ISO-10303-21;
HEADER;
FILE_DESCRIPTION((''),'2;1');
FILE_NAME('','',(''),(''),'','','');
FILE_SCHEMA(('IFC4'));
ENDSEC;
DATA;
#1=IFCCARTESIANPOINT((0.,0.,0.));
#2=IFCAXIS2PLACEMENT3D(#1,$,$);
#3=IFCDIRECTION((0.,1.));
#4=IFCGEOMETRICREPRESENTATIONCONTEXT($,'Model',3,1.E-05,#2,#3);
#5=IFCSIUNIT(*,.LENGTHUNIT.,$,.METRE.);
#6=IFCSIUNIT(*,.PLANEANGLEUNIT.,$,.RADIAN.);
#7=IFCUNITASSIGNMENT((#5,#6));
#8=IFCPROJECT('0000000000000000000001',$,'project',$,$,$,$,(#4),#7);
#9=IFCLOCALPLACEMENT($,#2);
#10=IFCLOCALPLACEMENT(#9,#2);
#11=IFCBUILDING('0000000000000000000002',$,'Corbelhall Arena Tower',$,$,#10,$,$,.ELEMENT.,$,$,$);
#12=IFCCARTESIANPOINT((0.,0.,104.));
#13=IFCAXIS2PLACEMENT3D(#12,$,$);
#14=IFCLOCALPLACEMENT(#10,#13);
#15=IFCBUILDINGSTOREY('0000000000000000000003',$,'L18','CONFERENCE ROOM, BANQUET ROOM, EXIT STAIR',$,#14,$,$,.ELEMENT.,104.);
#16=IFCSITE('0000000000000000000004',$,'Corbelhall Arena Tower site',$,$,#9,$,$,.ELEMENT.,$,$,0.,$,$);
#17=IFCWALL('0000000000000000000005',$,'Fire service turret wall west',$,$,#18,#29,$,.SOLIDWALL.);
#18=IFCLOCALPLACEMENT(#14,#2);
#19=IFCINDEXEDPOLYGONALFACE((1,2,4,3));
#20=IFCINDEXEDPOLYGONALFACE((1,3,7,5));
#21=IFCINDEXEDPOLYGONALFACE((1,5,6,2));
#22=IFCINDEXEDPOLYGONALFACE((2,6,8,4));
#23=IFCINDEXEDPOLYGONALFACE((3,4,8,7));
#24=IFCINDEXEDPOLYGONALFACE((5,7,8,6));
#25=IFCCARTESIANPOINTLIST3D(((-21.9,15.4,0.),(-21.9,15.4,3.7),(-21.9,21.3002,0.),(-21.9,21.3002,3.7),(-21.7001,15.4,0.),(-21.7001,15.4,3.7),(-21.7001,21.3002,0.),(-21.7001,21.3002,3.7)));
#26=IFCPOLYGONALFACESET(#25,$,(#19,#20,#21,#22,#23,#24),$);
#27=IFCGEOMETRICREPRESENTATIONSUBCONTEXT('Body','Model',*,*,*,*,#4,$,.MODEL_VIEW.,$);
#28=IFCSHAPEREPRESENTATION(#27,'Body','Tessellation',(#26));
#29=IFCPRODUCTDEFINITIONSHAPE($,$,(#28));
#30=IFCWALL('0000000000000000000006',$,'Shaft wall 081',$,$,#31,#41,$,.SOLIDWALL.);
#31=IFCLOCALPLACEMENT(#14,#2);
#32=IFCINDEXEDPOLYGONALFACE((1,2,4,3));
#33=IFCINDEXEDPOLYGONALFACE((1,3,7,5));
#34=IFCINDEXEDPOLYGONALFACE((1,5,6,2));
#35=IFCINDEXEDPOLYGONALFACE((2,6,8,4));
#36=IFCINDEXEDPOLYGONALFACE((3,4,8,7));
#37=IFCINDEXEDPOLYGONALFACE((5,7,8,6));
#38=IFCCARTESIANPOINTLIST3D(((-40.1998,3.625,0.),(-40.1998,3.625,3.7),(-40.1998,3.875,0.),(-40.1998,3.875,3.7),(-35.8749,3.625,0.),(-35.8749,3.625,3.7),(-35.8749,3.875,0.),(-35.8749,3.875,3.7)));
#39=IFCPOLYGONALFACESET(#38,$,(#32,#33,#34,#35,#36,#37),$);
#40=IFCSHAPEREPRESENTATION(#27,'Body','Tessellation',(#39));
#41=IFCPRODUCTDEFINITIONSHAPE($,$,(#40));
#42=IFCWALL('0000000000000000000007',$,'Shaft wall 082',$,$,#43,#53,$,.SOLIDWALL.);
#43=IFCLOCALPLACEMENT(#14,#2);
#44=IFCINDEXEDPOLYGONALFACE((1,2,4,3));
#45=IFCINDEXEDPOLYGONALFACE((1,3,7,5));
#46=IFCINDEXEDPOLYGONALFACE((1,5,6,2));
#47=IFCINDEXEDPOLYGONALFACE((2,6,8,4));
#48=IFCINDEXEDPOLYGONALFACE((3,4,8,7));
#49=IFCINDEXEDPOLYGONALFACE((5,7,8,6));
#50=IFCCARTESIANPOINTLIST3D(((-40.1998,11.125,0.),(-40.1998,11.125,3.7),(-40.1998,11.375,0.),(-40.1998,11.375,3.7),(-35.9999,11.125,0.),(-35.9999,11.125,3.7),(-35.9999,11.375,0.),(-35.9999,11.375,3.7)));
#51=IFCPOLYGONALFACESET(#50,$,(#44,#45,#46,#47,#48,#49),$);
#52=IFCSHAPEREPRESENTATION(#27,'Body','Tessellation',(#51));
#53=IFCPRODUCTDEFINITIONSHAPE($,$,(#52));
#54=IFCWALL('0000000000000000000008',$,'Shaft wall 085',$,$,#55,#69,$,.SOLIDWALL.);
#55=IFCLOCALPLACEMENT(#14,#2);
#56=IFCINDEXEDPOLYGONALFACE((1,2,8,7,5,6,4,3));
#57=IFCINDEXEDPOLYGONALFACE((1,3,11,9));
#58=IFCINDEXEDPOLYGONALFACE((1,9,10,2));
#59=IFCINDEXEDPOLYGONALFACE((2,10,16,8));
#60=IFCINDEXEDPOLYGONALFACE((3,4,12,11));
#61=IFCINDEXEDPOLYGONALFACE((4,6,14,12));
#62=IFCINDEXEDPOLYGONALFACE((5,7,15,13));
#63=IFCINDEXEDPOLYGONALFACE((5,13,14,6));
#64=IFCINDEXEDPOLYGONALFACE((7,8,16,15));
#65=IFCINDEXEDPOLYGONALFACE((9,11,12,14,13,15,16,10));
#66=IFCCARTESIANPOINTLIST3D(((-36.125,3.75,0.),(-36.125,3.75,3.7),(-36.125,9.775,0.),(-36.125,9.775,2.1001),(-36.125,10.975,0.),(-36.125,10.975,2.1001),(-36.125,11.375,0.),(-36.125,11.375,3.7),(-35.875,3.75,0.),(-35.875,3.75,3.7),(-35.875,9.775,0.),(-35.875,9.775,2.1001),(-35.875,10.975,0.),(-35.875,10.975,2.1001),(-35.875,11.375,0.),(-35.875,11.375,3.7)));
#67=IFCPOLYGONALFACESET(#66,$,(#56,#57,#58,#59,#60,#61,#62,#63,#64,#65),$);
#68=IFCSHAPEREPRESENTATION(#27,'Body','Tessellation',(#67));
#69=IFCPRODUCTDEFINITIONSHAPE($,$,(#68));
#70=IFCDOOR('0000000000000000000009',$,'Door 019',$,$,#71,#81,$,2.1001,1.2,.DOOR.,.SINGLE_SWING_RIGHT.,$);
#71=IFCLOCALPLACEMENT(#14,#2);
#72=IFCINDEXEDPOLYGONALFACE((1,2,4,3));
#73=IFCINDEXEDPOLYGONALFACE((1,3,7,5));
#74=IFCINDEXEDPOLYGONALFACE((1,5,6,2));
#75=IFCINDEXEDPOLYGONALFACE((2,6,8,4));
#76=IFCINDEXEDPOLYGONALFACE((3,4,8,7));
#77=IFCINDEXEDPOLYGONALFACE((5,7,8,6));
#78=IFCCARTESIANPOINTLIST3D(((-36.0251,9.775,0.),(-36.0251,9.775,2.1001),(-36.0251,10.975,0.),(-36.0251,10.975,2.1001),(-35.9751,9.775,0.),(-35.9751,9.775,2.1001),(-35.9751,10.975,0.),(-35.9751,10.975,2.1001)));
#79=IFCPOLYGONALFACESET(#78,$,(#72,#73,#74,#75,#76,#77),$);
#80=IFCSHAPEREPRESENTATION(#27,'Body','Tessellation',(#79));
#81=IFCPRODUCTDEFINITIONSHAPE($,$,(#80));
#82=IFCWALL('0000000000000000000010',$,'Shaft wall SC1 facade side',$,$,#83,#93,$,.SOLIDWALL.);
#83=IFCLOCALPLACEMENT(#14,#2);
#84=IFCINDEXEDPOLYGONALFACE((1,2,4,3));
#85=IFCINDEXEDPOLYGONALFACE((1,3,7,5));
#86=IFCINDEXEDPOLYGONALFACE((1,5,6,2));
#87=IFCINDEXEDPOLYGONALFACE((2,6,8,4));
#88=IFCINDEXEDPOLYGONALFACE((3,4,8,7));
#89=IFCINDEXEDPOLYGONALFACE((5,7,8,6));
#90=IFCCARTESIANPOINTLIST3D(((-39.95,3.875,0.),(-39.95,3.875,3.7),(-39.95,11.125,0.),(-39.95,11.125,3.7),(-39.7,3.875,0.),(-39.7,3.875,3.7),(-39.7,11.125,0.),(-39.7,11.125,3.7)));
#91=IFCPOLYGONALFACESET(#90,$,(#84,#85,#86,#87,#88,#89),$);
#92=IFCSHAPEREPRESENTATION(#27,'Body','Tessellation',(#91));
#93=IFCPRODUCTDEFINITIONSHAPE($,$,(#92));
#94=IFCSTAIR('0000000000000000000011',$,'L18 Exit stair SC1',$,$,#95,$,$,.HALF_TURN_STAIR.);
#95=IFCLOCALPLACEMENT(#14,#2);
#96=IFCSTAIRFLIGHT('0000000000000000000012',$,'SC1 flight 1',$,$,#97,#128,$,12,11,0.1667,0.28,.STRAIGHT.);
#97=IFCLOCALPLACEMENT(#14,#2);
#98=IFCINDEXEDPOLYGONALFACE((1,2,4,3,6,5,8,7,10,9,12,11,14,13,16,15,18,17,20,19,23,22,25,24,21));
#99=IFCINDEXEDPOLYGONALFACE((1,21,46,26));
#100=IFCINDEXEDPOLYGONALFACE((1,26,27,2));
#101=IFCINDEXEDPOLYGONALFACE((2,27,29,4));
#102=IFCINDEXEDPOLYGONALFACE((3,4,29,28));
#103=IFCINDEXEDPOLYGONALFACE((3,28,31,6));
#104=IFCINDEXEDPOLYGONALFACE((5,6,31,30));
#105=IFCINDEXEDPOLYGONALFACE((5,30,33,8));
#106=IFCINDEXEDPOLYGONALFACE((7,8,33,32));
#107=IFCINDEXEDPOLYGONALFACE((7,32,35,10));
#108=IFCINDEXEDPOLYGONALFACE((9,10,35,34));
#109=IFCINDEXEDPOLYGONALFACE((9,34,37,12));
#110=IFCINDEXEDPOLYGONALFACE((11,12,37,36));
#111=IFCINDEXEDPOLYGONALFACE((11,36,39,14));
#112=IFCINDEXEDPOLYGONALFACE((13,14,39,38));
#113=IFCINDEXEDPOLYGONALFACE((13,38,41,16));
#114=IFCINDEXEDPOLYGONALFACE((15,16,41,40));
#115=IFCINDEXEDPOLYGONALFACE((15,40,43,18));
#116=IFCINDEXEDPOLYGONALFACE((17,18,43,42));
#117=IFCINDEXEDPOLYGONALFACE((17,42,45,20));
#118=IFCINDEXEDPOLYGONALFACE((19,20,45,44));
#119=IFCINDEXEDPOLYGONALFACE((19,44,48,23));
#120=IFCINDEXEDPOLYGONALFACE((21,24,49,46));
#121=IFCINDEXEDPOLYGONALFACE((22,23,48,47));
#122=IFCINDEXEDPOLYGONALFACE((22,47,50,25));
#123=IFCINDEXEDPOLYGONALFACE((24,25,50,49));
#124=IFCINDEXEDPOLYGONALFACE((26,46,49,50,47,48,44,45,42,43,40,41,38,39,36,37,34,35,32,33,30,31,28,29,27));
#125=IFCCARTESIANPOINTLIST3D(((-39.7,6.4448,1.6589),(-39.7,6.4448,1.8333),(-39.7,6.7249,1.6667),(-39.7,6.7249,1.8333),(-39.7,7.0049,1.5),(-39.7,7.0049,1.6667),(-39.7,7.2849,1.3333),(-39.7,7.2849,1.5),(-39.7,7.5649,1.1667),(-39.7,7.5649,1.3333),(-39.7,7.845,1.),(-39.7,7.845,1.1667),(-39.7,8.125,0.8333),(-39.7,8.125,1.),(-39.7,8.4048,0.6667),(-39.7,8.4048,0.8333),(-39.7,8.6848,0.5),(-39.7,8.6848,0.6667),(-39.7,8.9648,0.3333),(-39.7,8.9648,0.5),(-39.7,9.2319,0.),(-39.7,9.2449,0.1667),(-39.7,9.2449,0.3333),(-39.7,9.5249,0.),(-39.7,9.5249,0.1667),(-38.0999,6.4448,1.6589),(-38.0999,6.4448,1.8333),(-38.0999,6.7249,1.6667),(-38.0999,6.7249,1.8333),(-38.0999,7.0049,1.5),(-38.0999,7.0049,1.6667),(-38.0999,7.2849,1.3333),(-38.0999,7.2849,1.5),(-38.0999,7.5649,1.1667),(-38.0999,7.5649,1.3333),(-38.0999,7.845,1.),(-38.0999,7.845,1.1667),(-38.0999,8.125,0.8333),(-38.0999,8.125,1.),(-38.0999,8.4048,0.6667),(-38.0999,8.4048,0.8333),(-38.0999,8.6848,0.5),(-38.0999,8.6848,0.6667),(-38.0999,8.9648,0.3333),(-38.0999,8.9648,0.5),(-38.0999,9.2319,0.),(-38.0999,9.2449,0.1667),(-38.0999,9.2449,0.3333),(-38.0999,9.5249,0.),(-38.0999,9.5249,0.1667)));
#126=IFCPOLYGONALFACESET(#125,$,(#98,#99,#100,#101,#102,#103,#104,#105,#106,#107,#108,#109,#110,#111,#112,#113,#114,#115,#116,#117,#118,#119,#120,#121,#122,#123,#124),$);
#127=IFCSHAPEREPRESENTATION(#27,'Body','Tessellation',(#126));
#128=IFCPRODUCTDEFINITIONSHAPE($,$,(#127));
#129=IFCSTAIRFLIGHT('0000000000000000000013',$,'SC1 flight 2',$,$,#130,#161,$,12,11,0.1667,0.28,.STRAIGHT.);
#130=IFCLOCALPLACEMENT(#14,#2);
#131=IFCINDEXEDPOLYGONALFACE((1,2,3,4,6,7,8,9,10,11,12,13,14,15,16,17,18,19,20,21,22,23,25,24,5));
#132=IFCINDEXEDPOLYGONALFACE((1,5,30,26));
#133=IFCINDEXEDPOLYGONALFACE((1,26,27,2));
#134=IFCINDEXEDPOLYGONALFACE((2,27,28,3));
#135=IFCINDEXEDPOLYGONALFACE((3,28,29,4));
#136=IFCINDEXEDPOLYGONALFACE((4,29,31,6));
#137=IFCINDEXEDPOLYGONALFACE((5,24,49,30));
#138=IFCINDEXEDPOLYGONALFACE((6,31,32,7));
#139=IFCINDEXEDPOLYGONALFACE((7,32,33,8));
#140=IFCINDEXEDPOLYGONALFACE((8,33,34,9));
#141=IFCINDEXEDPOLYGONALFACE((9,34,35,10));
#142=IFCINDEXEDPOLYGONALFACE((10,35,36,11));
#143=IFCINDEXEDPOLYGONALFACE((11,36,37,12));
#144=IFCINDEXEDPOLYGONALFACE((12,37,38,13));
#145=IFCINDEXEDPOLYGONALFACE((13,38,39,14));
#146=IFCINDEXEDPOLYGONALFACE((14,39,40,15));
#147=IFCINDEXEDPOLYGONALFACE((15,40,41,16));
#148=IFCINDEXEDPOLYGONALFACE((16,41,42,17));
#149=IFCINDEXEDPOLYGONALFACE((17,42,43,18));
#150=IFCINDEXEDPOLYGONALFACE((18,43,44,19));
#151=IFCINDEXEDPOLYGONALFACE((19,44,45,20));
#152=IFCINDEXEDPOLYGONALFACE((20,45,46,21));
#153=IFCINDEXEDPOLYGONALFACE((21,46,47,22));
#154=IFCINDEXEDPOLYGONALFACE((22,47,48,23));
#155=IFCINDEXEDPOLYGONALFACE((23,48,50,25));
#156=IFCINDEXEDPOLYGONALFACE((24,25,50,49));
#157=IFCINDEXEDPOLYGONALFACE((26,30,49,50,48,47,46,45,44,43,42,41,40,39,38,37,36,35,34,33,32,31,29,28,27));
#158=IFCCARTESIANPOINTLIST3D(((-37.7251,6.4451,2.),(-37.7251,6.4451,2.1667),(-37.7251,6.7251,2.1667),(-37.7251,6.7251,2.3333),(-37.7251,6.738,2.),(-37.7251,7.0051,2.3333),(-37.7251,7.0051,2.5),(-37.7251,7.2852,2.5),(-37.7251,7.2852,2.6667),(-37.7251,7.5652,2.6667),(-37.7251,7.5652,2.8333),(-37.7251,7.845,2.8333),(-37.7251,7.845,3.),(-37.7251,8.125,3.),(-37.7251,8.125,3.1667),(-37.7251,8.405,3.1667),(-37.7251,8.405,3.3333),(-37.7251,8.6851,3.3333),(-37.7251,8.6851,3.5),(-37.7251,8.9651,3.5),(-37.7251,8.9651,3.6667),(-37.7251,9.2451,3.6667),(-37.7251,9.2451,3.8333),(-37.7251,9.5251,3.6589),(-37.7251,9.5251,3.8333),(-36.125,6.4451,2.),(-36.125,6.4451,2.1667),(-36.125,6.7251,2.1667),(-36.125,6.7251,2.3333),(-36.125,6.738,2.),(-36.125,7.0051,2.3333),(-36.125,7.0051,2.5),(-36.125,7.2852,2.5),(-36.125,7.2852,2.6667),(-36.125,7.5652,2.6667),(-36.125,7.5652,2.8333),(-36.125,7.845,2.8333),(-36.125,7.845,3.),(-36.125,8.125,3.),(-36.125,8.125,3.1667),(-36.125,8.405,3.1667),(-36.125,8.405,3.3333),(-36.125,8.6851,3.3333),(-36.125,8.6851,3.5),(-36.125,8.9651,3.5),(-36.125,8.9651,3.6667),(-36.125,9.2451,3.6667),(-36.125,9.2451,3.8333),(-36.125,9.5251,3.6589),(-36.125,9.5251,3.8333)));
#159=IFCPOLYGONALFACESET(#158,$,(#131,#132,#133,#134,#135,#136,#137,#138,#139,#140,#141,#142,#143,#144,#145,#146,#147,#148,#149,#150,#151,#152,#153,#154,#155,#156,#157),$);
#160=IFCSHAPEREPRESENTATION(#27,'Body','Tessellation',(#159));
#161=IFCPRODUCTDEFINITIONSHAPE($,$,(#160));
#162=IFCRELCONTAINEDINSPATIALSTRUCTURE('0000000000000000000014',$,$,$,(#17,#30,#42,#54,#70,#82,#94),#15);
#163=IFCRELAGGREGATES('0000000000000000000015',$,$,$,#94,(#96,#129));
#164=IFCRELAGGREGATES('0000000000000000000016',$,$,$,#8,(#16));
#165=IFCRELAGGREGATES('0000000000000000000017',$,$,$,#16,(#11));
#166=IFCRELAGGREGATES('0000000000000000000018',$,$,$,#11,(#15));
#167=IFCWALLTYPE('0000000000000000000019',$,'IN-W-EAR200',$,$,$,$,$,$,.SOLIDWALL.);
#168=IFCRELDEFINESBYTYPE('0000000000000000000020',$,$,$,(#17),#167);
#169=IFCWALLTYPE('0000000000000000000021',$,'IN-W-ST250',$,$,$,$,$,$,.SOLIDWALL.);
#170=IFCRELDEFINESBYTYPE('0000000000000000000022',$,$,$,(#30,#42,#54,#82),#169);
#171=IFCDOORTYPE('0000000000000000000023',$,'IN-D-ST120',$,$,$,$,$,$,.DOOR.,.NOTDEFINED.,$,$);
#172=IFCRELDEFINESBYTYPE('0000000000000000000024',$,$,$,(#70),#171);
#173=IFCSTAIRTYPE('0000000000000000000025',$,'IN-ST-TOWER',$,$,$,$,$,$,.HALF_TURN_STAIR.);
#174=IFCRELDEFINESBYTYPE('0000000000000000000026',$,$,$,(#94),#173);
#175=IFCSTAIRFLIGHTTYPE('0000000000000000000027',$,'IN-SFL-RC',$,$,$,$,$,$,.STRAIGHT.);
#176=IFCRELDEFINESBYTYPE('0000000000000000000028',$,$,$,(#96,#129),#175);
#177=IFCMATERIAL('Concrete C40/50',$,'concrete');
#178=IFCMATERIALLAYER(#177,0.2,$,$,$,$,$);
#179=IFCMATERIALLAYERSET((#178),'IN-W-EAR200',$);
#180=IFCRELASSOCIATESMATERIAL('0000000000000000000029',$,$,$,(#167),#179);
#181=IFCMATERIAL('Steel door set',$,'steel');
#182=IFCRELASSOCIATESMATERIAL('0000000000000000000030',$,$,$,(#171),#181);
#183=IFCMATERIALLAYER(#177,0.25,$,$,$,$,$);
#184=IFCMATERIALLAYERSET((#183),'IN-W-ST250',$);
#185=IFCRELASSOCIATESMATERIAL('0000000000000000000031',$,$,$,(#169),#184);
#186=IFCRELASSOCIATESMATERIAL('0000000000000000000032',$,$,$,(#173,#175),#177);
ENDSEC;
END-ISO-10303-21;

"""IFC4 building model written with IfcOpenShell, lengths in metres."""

from ifc_helpers import new_model, si_unit, direction, frame, frame_2d, origin, place, context, subcontext, project, spatial, polyline, rectangle, outline, extrude, material, layer, layer_set, type_object, element, fill, aggregate, save


model = new_model("IFC4")

# Units and contexts
model_context = context("Model", 3, precision=1e-05, world=origin(), true_north=direction((0.0, 1.0)))
body_context = subcontext(model_context, "Body", "Model", "MODEL_VIEW")
ifc_project = project(units=[si_unit("LENGTHUNIT", "METRE"), si_unit("PLANEANGLEUNIT", "RADIAN")], contexts=[model_context])

# Site, building, storey
site_placement = place(None, origin())
site = spatial("IfcSite", under=ifc_project, at=site_placement, Name="Corbelhall Arena Tower site", CompositionType="ELEMENT", RefElevation=0.0)
building_placement = place(site_placement, origin())
building = spatial("IfcBuilding", under=site, at=building_placement, Name="Corbelhall Arena Tower", CompositionType="ELEMENT")
storey_placement = place(building_placement, frame((0.0, 0.0, 104.0)))
storey = spatial("IfcBuildingStorey", under=building, at=storey_placement, Name="L18", Description="CONFERENCE ROOM, BANQUET ROOM, EXIT STAIR", CompositionType="ELEMENT", Elevation=104.0)

# Shared definitions
ifc_material_1 = material(Name="Steel door set", Category="steel")

# Shared definitions
ifc_material_2 = material(Name="Concrete C40/50", Category="concrete")
ifc_layer_1 = layer(ifc_material_2, 0.2)
ifc_layer_set_1 = layer_set([ifc_layer_1], Name="IN-W-EAR200")
wall_type_1 = type_object("IfcWallType", Name="IN-W-EAR200", PredefinedType="SOLIDWALL", material=ifc_layer_set_1)
door_type_1 = type_object("IfcDoorType", Name="IN-D-ST120", OperationType="NOTDEFINED", PredefinedType="DOOR", material=ifc_material_1)

# Walls
wall_1_placement = place(storey_placement, frame((-21.8, 15.3999, 0.0), z_axis=(0.0, 0.0, 1.0), x_axis=(0.0, 1.0, 0.0)))
element("IfcWall", 1, at=wall_1_placement, inside=storey, type_object=wall_type_1, Name="Fire service turret wall west", PredefinedType="SOLIDWALL", context=body_context, shape_type="SweptSolid", body=[
    extrude(rectangle(XDim=5.9001, YDim=0.2, at=frame_2d((2.9502, 0.0))), origin(), (0.0, 0.0, 1.0), 3.7),
])
ifc_layer_2 = layer(ifc_material_2, 0.25)
ifc_layer_set_2 = layer_set([ifc_layer_2], Name="IN-W-ST250")
wall_type_2 = type_object("IfcWallType", Name="IN-W-ST250", PredefinedType="SOLIDWALL", material=ifc_layer_set_2)
wall_2_placement = place(storey_placement, frame((-40.2, 3.75, 0.0), z_axis=(0.0, 0.0, 1.0), x_axis=(1.0, 0.0, 0.0)))
element("IfcWall", 2, at=wall_2_placement, inside=storey, type_object=wall_type_2, Name="Shaft wall 081", PredefinedType="SOLIDWALL", context=body_context, shape_type="SweptSolid", body=[
    extrude(rectangle(XDim=4.325, YDim=0.25, at=frame_2d((2.1626, 0.0))), origin(), (0.0, 0.0, 1.0), 3.7),
])
wall_3_placement = place(storey_placement, frame((-40.2, 11.25, 0.0), z_axis=(0.0, 0.0, 1.0), x_axis=(1.0, 0.0, 0.0)))
element("IfcWall", 3, at=wall_3_placement, inside=storey, type_object=wall_type_2, Name="Shaft wall 082", PredefinedType="SOLIDWALL", context=body_context, shape_type="SweptSolid", body=[
    extrude(rectangle(XDim=4.2, YDim=0.25, at=frame_2d((2.1001, 0.0))), origin(), (0.0, 0.0, 1.0), 3.7),
])

# Wall, opening, door
wall_4_placement = place(storey_placement, frame((-36.0, 11.375, 0.0), z_axis=(0.0, 0.0, 1.0), x_axis=(0.0, -1.0, 0.0)))
wall_4 = element("IfcWall", 4, at=wall_4_placement, inside=storey, type_object=wall_type_2, Name="Shaft wall 085", PredefinedType="SOLIDWALL", context=body_context, shape_type="SweptSolid", body=[
    extrude(rectangle(XDim=7.625, YDim=0.25, at=frame_2d((3.8125, 0.0))), origin(), (0.0, 0.0, 1.0), 3.7),
])
opening_1_placement = place(wall_4_placement, frame((0.3999, 0.0, 0.0)))
opening_1 = element("IfcOpeningElement", 5, at=opening_1_placement, cuts=wall_4, PredefinedType="OPENING", context=body_context, shape_type="SweptSolid", body=[
    extrude(rectangle(XDim=1.2, YDim=2.1001, at=frame_2d((0.6001, 1.05))), frame((0.0, 0.125, 0.0), z_axis=(0.0, -1.0, 0.0), x_axis=(1.0, 0.0, 0.0)), (0.0, 0.0, 1.0), 0.25),
])
door_1_placement = place(opening_1_placement, origin())
door_1 = element("IfcDoor", 6, at=door_1_placement, inside=storey, type_object=door_type_1, Name="Door 019", OperationType="SINGLE_SWING_RIGHT", OverallHeight=2.1001, OverallWidth=1.2, PredefinedType="DOOR", context=body_context, shape_type="SweptSolid", body=[
    extrude(rectangle(XDim=1.2, YDim=2.1001, at=frame_2d((0.6001, 1.05))), frame((0.0, 0.0249, 0.0), z_axis=(0.0, -1.0, 0.0), x_axis=(1.0, 0.0, 0.0)), (0.0, 0.0, 1.0), 0.05),
])
fill(opening_1, door_1)

# Wall
wall_5_placement = place(storey_placement, frame((-39.825, 3.875, 0.0), z_axis=(0.0, 0.0, 1.0), x_axis=(0.0, 1.0, 0.0)))
element("IfcWall", 7, at=wall_5_placement, inside=storey, type_object=wall_type_2, Name="Shaft wall SC1 facade side", PredefinedType="SOLIDWALL", context=body_context, shape_type="SweptSolid", body=[
    extrude(rectangle(XDim=7.25, YDim=0.25, at=frame_2d((3.625, 0.0))), origin(), (0.0, 0.0, 1.0), 3.7),
])

# Stair, stair flights
stair_type = type_object("IfcStairType", Name="IN-ST-TOWER", PredefinedType="HALF_TURN_STAIR", material=ifc_material_2)
stair_placement = place(storey_placement, origin())
stair = element("IfcStair", 8, at=stair_placement, inside=storey, type_object=stair_type, Name="L18 Exit stair SC1", PredefinedType="HALF_TURN_STAIR")
stair_flight_type = type_object("IfcStairFlightType", Name="IN-SFL-RC", PredefinedType="STRAIGHT", material=ifc_material_2)
stair_flight_1_placement = place(storey_placement, frame((-38.8999, 9.5249, 0.0), z_axis=(0.0, 0.0, 1.0), x_axis=(0.0, -1.0, 0.0)))
stair_flight_1 = element("IfcStairFlight", 9, at=stair_flight_1_placement, type_object=stair_flight_type, Name="SC1 flight 1", NumberOfRisers=12, NumberOfTreads=11, PredefinedType="STRAIGHT", RiserHeight=0.1667, TreadLength=0.28, context=body_context, shape_type="SweptSolid", body=[
    extrude(outline(polyline([(0.0, 0.0), (0.0, 0.1667), (0.28, 0.1667), (0.28, 0.3333), (0.5601, 0.3333), (0.5601, 0.5), (0.8401, 0.5), (0.8401, 0.6667), (1.1201, 0.6667), (1.1201, 0.8333), (1.3999, 0.8333), (1.3999, 1.0), (1.6799, 1.0), (1.6799, 1.1667), (1.96, 1.1667), (1.96, 1.3333), (2.24, 1.3333), (2.24, 1.5), (2.52, 1.5), (2.52, 1.6667), (2.8, 1.6667), (2.8, 1.8333), (3.0801, 1.8333), (3.0801, 2.0), (3.0801, 1.6589), (0.293, 0.0), (0.0, 0.0)])), frame((0.0, 0.8, 0.0), z_axis=(0.0, -1.0, 0.0), x_axis=(1.0, 0.0, 0.0)), (0.0, 0.0, 1.0), 1.6001),
])
stair_flight_2_placement = place(storey_placement, frame((-36.925, 6.4451, 2.0), z_axis=(0.0, 0.0, 1.0), x_axis=(0.0, 1.0, 0.0)))
stair_flight_2 = element("IfcStairFlight", 10, at=stair_flight_2_placement, type_object=stair_flight_type, Name="SC1 flight 2", NumberOfRisers=12, NumberOfTreads=11, PredefinedType="STRAIGHT", RiserHeight=0.1667, TreadLength=0.28, context=body_context, shape_type="SweptSolid", body=[
    extrude(outline(polyline([(0.0, 0.0), (0.0, 0.1667), (0.28, 0.1667), (0.28, 0.3333), (0.5601, 0.3333), (0.5601, 0.5), (0.8401, 0.5), (0.8401, 0.6667), (1.1201, 0.6667), (1.1201, 0.8333), (1.3999, 0.8333), (1.3999, 1.0), (1.6799, 1.0), (1.6799, 1.1667), (1.96, 1.1667), (1.96, 1.3333), (2.24, 1.3333), (2.24, 1.5), (2.52, 1.5), (2.52, 1.6667), (2.8, 1.6667), (2.8, 1.8333), (3.0801, 1.8333), (3.0801, 2.0), (3.0801, 1.6589), (0.293, 0.0), (0.0, 0.0)])), frame((0.0, 0.8, 0.0), z_axis=(0.0, -1.0, 0.0), x_axis=(1.0, 0.0, 0.0)), (0.0, 0.0, 1.0), 1.6001),
])
aggregate(stair, [stair_flight_1, stair_flight_2])

save(model, "model.ifc")
